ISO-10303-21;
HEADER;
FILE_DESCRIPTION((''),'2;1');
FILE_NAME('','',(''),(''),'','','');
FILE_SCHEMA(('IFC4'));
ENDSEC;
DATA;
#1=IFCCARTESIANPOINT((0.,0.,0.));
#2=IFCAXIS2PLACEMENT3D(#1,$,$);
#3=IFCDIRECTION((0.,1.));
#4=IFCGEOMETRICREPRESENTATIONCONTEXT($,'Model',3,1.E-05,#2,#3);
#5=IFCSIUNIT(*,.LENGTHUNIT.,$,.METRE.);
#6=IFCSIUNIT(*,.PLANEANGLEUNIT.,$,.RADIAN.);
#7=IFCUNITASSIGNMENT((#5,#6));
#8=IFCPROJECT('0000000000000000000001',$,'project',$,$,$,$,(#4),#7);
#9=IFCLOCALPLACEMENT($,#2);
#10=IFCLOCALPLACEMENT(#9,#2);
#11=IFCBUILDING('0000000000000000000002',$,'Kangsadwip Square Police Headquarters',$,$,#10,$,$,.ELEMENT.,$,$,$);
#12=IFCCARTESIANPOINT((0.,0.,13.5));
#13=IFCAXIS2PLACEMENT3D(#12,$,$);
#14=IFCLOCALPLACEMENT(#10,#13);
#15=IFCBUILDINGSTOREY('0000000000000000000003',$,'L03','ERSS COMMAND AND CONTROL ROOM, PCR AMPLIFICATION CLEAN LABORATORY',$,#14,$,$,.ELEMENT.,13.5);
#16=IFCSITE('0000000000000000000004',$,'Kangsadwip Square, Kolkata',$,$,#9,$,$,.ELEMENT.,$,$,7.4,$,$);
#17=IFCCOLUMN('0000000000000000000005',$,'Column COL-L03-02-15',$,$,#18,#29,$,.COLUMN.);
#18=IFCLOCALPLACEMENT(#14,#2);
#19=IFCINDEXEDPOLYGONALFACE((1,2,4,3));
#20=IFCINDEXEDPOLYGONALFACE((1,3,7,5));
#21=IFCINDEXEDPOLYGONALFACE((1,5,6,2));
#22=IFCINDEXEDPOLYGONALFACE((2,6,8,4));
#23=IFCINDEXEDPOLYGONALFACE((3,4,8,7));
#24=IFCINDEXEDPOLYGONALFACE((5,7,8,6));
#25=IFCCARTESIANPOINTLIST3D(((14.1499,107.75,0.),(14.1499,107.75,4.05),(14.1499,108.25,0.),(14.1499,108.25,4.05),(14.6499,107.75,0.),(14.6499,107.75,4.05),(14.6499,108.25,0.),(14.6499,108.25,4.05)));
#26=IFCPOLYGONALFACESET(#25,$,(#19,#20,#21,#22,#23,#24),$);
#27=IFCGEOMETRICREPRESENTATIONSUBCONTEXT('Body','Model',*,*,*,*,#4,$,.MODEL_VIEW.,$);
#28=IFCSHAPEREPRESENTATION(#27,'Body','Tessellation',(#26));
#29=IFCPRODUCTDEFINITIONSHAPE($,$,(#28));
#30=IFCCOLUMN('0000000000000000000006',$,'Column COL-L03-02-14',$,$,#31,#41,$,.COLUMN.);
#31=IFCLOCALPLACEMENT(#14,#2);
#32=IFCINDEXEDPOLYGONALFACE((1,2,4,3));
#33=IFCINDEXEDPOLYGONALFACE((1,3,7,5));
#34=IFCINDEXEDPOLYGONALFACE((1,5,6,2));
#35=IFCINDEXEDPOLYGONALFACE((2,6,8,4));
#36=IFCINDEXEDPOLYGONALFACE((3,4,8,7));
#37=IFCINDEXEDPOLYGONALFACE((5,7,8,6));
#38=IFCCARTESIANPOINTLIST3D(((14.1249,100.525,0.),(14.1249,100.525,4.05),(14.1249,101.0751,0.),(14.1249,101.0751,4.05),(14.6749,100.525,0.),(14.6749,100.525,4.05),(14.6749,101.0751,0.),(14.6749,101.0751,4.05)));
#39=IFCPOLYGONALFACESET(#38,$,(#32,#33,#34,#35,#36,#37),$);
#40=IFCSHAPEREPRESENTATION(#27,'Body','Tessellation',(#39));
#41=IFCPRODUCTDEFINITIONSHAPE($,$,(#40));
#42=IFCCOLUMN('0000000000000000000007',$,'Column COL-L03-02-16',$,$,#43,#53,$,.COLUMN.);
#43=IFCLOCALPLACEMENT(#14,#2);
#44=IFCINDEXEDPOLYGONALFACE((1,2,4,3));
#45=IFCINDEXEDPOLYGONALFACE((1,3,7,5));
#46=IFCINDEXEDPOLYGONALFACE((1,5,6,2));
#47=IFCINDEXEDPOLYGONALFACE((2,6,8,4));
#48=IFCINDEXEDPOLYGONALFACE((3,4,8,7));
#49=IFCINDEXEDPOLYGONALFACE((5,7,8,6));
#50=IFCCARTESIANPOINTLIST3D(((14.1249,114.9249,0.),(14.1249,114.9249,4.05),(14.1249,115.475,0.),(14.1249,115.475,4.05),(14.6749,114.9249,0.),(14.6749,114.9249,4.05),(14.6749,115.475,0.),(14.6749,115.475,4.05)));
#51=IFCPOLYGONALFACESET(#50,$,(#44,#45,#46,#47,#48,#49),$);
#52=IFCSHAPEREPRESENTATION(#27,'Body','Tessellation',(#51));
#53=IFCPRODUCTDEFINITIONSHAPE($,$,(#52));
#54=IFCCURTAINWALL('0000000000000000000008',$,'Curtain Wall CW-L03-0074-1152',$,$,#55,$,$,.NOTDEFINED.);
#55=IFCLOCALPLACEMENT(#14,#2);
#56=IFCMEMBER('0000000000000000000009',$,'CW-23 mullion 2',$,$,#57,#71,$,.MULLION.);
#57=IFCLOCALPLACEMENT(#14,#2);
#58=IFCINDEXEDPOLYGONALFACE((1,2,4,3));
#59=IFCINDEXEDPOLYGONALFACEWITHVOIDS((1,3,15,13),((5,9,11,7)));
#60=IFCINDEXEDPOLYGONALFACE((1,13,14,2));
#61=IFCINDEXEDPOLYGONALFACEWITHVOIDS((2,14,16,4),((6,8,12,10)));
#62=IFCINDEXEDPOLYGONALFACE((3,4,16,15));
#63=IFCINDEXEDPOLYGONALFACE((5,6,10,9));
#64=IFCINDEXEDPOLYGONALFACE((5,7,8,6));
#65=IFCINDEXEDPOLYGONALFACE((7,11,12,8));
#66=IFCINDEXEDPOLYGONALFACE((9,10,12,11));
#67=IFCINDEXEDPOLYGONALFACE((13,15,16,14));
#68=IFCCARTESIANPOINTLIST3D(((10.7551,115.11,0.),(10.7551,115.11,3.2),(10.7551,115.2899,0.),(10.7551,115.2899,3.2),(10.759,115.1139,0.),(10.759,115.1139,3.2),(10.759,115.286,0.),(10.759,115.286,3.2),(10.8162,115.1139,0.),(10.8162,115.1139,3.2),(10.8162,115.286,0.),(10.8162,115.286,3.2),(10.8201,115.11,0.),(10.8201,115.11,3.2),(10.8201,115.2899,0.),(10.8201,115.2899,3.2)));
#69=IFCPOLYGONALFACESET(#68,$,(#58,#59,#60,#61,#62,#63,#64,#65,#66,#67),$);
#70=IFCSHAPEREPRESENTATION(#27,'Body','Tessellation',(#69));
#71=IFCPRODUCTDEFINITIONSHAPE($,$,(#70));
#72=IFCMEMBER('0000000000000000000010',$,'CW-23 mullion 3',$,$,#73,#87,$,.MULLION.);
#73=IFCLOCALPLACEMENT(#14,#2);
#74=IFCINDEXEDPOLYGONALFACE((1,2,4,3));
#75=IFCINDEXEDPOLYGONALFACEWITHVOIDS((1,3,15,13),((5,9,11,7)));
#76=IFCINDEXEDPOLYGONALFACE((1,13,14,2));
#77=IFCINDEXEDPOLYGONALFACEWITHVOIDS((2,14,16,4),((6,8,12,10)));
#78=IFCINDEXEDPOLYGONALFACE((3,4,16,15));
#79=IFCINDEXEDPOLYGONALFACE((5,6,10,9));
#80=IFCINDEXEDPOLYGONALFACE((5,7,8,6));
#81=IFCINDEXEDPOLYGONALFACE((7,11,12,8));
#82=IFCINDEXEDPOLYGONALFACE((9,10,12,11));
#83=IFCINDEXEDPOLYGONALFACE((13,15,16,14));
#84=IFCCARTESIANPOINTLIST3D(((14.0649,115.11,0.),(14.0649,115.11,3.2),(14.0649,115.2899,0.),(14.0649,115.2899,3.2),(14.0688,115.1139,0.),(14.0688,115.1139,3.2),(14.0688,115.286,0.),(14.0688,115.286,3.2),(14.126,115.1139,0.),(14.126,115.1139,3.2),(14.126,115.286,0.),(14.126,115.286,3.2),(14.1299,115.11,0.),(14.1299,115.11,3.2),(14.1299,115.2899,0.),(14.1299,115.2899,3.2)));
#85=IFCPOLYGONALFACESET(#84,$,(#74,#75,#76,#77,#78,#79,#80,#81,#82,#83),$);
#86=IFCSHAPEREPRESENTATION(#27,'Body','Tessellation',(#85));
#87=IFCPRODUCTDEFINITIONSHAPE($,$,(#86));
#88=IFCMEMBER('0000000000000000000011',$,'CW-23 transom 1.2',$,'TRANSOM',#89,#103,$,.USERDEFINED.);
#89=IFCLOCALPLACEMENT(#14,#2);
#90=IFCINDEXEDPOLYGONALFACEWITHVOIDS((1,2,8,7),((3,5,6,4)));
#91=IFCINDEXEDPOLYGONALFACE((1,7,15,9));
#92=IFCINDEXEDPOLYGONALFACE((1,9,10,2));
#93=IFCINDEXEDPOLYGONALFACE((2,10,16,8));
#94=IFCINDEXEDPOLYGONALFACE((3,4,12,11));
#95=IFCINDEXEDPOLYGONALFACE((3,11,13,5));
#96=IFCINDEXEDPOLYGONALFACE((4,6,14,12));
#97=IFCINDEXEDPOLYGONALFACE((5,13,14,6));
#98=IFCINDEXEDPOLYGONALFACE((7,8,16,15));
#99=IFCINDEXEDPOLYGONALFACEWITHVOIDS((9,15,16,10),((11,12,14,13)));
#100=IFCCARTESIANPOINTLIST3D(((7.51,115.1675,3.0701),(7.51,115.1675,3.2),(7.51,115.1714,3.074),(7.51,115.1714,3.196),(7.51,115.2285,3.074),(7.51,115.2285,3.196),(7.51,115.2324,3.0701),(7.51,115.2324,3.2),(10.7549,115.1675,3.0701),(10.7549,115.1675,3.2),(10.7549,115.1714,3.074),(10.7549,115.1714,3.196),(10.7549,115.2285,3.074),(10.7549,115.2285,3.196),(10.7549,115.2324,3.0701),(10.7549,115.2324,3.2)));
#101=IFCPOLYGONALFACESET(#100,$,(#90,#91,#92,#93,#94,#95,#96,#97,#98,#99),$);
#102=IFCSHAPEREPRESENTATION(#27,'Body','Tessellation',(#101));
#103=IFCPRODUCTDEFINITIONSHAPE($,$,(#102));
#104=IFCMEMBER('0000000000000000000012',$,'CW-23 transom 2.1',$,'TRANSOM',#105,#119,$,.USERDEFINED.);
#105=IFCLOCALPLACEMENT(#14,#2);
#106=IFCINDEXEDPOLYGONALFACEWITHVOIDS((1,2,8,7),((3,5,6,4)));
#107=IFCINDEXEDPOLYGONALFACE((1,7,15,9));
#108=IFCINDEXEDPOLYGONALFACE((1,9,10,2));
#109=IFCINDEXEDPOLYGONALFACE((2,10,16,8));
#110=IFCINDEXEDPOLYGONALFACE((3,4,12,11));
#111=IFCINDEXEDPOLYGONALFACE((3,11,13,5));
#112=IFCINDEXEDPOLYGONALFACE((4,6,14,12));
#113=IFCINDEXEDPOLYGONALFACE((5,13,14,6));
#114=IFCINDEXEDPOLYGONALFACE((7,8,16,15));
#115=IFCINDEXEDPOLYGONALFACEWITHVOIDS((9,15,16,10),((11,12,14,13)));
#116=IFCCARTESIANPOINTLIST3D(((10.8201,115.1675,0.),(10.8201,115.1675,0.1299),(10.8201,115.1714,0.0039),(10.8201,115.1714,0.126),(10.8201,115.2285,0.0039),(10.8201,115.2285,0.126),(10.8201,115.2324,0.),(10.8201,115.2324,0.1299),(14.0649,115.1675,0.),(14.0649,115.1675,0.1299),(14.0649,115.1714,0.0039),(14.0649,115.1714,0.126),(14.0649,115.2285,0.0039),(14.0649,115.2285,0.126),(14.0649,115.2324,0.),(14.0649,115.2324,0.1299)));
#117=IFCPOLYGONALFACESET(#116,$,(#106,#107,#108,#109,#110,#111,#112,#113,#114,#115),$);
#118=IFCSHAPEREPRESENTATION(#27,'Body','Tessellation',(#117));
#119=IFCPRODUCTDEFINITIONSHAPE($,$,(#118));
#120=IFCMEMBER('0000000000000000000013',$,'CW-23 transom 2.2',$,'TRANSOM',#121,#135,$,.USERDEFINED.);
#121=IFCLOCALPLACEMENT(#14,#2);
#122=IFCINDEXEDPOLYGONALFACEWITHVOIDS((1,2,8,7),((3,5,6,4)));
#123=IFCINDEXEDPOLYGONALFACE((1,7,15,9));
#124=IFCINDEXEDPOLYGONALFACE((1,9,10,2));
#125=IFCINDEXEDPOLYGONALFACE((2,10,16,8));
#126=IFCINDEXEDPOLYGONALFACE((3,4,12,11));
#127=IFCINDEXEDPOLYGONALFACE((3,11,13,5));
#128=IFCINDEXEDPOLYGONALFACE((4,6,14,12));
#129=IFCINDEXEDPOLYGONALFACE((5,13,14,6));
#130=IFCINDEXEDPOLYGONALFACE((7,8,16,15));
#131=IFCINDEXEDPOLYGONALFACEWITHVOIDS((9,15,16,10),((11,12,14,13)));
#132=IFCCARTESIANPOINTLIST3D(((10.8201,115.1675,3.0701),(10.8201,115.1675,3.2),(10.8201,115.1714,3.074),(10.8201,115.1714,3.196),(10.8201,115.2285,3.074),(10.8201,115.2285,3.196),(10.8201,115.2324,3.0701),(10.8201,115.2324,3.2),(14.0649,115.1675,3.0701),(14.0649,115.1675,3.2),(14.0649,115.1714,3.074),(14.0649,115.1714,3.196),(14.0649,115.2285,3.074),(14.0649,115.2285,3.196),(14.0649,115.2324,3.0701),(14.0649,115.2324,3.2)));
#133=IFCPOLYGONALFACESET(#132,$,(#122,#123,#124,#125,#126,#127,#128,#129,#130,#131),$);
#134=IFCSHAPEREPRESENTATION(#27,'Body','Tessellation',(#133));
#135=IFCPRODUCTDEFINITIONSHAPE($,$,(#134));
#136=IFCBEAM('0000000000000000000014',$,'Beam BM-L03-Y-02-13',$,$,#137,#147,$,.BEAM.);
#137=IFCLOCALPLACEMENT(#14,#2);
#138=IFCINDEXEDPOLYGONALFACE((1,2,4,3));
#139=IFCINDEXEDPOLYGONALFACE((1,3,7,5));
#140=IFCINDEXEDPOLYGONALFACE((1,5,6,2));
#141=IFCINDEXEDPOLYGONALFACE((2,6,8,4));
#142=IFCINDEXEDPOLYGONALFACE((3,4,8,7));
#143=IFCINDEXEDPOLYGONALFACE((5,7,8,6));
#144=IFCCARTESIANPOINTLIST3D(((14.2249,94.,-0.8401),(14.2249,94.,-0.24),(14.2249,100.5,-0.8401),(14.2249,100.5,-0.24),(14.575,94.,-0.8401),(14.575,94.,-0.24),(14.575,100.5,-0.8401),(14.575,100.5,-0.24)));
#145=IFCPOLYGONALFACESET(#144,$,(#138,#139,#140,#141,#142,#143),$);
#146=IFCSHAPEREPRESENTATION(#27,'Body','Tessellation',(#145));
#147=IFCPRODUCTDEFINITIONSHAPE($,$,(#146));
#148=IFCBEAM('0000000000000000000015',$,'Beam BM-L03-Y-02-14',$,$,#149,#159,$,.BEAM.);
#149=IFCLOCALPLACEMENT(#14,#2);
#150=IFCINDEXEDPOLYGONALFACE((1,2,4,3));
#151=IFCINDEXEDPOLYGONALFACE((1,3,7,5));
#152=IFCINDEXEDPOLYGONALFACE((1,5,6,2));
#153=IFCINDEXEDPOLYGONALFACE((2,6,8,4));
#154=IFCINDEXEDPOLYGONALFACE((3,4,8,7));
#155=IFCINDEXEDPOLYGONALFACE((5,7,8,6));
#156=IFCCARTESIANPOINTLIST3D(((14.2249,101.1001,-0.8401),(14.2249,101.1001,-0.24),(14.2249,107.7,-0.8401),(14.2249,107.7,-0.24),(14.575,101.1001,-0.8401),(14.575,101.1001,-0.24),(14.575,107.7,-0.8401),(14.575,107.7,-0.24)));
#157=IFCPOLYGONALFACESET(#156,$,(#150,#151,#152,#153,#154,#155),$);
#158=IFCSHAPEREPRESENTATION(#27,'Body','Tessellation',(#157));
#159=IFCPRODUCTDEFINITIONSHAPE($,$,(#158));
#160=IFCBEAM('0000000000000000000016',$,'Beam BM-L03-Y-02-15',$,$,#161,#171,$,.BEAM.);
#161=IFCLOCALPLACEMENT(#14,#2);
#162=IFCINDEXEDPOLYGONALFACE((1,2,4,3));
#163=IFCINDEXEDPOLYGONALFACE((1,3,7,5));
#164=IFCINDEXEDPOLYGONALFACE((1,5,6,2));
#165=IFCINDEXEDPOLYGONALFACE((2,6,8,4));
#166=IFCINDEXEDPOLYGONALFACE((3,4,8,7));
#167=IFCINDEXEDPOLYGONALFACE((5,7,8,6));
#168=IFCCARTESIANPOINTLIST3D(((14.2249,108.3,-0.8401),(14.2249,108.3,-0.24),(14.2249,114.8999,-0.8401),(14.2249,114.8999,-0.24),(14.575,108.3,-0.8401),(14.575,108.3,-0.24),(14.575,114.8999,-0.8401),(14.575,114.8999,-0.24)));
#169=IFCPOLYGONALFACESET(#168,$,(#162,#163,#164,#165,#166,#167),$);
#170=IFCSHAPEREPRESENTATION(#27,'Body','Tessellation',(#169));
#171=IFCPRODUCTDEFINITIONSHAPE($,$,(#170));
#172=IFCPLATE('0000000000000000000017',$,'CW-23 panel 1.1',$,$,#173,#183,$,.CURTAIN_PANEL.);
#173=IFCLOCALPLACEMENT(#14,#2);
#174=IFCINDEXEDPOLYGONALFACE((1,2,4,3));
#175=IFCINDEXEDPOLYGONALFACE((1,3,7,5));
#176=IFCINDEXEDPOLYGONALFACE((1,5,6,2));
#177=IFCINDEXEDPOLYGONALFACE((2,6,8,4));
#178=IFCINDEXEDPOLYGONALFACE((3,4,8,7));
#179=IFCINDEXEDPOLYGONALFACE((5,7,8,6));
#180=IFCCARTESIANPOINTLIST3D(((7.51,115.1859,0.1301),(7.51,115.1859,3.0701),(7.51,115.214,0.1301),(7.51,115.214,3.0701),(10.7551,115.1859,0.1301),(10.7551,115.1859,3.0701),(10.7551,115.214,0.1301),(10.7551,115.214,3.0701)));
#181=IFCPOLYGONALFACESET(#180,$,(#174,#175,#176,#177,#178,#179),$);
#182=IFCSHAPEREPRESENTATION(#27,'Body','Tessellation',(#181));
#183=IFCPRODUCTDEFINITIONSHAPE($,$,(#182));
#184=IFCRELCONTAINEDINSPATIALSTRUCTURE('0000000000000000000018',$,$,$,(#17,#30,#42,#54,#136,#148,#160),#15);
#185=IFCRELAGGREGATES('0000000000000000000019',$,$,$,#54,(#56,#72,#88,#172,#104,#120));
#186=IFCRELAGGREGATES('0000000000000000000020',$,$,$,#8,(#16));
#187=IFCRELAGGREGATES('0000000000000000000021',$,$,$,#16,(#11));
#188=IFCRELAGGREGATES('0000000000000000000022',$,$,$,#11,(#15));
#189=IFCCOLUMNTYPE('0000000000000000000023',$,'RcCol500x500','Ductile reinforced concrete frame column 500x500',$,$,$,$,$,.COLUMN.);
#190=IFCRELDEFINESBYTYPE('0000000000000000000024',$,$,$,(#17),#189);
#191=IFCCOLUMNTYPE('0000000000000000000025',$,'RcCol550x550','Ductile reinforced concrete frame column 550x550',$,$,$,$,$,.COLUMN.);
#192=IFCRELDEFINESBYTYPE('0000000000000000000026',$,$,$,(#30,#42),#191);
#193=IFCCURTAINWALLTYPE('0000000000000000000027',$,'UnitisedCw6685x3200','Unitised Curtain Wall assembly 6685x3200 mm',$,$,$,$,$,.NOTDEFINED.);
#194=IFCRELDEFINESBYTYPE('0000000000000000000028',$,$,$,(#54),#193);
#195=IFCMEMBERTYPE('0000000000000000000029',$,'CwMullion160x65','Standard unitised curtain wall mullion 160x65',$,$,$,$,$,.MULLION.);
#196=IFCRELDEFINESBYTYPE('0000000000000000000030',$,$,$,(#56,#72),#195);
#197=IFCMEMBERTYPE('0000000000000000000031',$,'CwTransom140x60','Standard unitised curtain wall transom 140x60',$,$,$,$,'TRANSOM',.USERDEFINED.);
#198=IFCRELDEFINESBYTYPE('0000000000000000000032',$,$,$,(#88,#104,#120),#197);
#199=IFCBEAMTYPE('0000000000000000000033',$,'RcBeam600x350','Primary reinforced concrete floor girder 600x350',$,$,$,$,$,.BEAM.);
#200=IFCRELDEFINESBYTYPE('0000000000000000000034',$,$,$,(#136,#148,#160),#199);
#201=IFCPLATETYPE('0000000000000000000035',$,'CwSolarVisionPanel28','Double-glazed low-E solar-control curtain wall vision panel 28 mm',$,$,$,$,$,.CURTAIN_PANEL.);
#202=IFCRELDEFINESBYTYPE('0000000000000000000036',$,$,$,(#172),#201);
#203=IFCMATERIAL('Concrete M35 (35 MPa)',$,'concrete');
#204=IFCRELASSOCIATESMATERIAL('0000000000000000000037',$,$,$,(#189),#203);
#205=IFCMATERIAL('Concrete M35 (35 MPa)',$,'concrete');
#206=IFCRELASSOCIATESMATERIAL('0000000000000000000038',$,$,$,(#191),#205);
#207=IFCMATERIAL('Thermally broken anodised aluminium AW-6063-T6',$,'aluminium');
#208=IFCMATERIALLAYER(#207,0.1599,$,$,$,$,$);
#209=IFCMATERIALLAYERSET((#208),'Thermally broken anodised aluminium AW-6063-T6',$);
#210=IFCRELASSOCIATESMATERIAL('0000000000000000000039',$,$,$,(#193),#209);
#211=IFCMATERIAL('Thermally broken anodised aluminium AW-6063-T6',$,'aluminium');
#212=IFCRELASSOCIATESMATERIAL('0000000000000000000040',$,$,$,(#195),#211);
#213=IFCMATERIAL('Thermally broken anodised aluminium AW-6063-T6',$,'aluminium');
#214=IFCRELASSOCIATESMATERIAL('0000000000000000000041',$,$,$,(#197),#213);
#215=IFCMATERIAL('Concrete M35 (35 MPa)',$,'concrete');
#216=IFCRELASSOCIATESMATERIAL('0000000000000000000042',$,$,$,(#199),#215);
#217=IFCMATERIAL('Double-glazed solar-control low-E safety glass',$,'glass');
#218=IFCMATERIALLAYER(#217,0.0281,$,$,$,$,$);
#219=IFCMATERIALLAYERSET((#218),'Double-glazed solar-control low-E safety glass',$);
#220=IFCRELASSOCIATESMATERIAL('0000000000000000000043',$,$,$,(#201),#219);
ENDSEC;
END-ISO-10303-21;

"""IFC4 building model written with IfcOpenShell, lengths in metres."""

from ifc_helpers import new_model, si_unit, direction, frame, origin, origin_2d, place, context, subcontext, project, spatial, rectangle, hollow_rectangle, extrude, material, layer, layer_set, material_profile, profile_set, type_object, element, aggregate, save


model = new_model("IFC4")

# Units and contexts
model_context = context("Model", 3, precision=1e-05, world=origin(), true_north=direction((0.0, 1.0)))
body_context = subcontext(model_context, "Body", "Model", "MODEL_VIEW")
ifc_project = project(units=[si_unit("LENGTHUNIT", "METRE"), si_unit("PLANEANGLEUNIT", "RADIAN")], contexts=[model_context])

# Site, building, storey
site_placement = place(None, origin())
site = spatial("IfcSite", under=ifc_project, at=site_placement, Name="Kangsadwip Square, Kolkata", CompositionType="ELEMENT", RefElevation=7.4)
building_placement = place(site_placement, origin())
building = spatial("IfcBuilding", under=site, at=building_placement, Name="Kangsadwip Square Police Headquarters", CompositionType="ELEMENT")
storey_placement = place(building_placement, frame((0.0, 0.0, 13.5)))
storey = spatial("IfcBuildingStorey", under=building, at=storey_placement, Name="L03", Description="ERSS COMMAND AND CONTROL ROOM, PCR AMPLIFICATION CLEAN LABORATORY", CompositionType="ELEMENT", Elevation=13.5)

# Columns
ifc_material_1 = material(Name="Concrete M35 (35 MPa)", Category="concrete")
ifc_material_profile_1 = material_profile(ifc_material_1, rectangle(XDim=0.5, YDim=0.5, at=origin_2d()), Name="RC COL 500X500")
ifc_profile_set_1 = profile_set([ifc_material_profile_1], Name="Concrete M35 (35 MPa)")
column_type_1 = type_object("IfcColumnType", Name="RcCol500x500", Description="Ductile reinforced concrete frame column 500x500", PredefinedType="COLUMN", material=ifc_profile_set_1)
column_placement = place(storey_placement, frame((14.3999, 108.0, 0.0), z_axis=(0.0, 0.0, 1.0), x_axis=(1.0, 0.0, 0.0)))
element("IfcColumn", 1, at=column_placement, inside=storey, type_object=column_type_1, Name="Column COL-L03-02-15", PredefinedType="COLUMN", context=body_context, shape_type="SweptSolid", body=[
    extrude(rectangle(XDim=0.5, YDim=0.5, at=origin_2d()), origin(), (0.0, 0.0, 1.0), 4.05),
])
ifc_material_2 = material(Name="Concrete M35 (35 MPa)", Category="concrete")
ifc_material_profile_2 = material_profile(ifc_material_2, rectangle(XDim=0.55, YDim=0.55, at=origin_2d()), Name="RC COL 550X550")
ifc_profile_set_2 = profile_set([ifc_material_profile_2], Name="Concrete M35 (35 MPa)")
column_type_2 = type_object("IfcColumnType", Name="RcCol550x550", Description="Ductile reinforced concrete frame column 550x550", PredefinedType="COLUMN", material=ifc_profile_set_2)
for number, where, z_axis, x_axis, name in (
    (2, (14.3999, 100.8, 0.0), (0.0, 0.0, 1.0), (1.0, 0.0, 0.0), "Column COL-L03-02-14"),
    (3, (14.3999, 115.2, 0.0), (0.0, 0.0, 1.0), (1.0, 0.0, 0.0), "Column COL-L03-02-16"),
):
    element("IfcColumn", number, at=place(storey_placement, frame(where, z_axis=z_axis, x_axis=x_axis)), inside=storey, type_object=column_type_2, Name=name, PredefinedType="COLUMN", context=body_context, shape_type="SweptSolid", body=[
        extrude(rectangle(XDim=0.55, YDim=0.55, at=origin_2d()), origin(), (0.0, 0.0, 1.0), 4.05),
    ])

# Curtain wall, members
ifc_material_3 = material(Name="Thermally broken anodised aluminium AW-6063-T6", Category="aluminium")
ifc_layer_1 = layer(ifc_material_3, 0.1599)
ifc_layer_set_1 = layer_set([ifc_layer_1], Name="Thermally broken anodised aluminium AW-6063-T6")
curtain_wall_type = type_object("IfcCurtainWallType", Name="UnitisedCw6685x3200", Description="Unitised Curtain Wall assembly 6685x3200 mm", PredefinedType="NOTDEFINED", material=ifc_layer_set_1)
curtain_wall_placement = place(storey_placement, origin())
curtain_wall = element("IfcCurtainWall", 4, at=curtain_wall_placement, inside=storey, type_object=curtain_wall_type, Name="Curtain Wall CW-L03-0074-1152", PredefinedType="NOTDEFINED")
ifc_material_4 = material(Name="Thermally broken anodised aluminium AW-6063-T6", Category="aluminium")
ifc_material_profile_3 = material_profile(ifc_material_4, hollow_rectangle(XDim=0.0649, YDim=0.1799, WallThickness=0.0039, at=origin_2d()), Name="CWM 180X65X4")
ifc_profile_set_3 = profile_set([ifc_material_profile_3], Name="Thermally broken anodised aluminium AW-6063-T6")
member_type_1 = type_object("IfcMemberType", Name="CwMullion160x65", Description="Standard unitised curtain wall mullion 160x65", PredefinedType="MULLION", material=ifc_profile_set_3)
member_1_placement = place(storey_placement, frame((10.7876, 115.2, 0.0), z_axis=(0.0, 0.0, 1.0), x_axis=(1.0, 0.0, 0.0)))
member_1 = element("IfcMember", 5, at=member_1_placement, type_object=member_type_1, Name="CW-23 mullion 2", PredefinedType="MULLION", context=body_context, shape_type="SweptSolid", body=[
    extrude(hollow_rectangle(XDim=0.0649, YDim=0.1799, WallThickness=0.0039, at=origin_2d()), origin(), (0.0, 0.0, 1.0), 3.2),
])
member_2_placement = place(storey_placement, frame((14.0974, 115.2, 0.0), z_axis=(0.0, 0.0, 1.0), x_axis=(1.0, 0.0, 0.0)))
member_2 = element("IfcMember", 6, at=member_2_placement, type_object=member_type_1, Name="CW-23 mullion 3", PredefinedType="MULLION", context=body_context, shape_type="SweptSolid", body=[
    extrude(hollow_rectangle(XDim=0.0649, YDim=0.1799, WallThickness=0.0039, at=origin_2d()), origin(), (0.0, 0.0, 1.0), 3.2),
])
ifc_material_5 = material(Name="Thermally broken anodised aluminium AW-6063-T6", Category="aluminium")
ifc_material_profile_4 = material_profile(ifc_material_5, hollow_rectangle(XDim=0.0649, YDim=0.1299, WallThickness=0.0039, at=origin_2d()), Name="CWT 130X65X4")
ifc_profile_set_4 = profile_set([ifc_material_profile_4], Name="Thermally broken anodised aluminium AW-6063-T6")
member_type_2 = type_object("IfcMemberType", Name="CwTransom140x60", Description="Standard unitised curtain wall transom 140x60", ElementType="TRANSOM", PredefinedType="USERDEFINED", material=ifc_profile_set_4)
member_3_placement = place(storey_placement, frame((7.51, 115.2, 3.135), z_axis=(1.0, 0.0, 0.0), x_axis=(0.0, 1.0, 0.0)))
member_3 = element("IfcMember", 7, at=member_3_placement, type_object=member_type_2, Name="CW-23 transom 1.2", ObjectType="TRANSOM", PredefinedType="USERDEFINED", context=body_context, shape_type="SweptSolid", body=[
    extrude(hollow_rectangle(XDim=0.0649, YDim=0.1299, WallThickness=0.0039, at=origin_2d()), origin(), (0.0, 0.0, 1.0), 3.2449),
])
member_4_placement = place(storey_placement, frame((10.8201, 115.2, 0.0649), z_axis=(1.0, 0.0, 0.0), x_axis=(0.0, 1.0, 0.0)))
member_4 = element("IfcMember", 8, at=member_4_placement, type_object=member_type_2, Name="CW-23 transom 2.1", ObjectType="TRANSOM", PredefinedType="USERDEFINED", context=body_context, shape_type="SweptSolid", body=[
    extrude(hollow_rectangle(XDim=0.0649, YDim=0.1299, WallThickness=0.0039, at=origin_2d()), origin(), (0.0, 0.0, 1.0), 3.2449),
])
member_5_placement = place(storey_placement, frame((10.8201, 115.2, 3.135), z_axis=(1.0, 0.0, 0.0), x_axis=(0.0, 1.0, 0.0)))
member_5 = element("IfcMember", 9, at=member_5_placement, type_object=member_type_2, Name="CW-23 transom 2.2", ObjectType="TRANSOM", PredefinedType="USERDEFINED", context=body_context, shape_type="SweptSolid", body=[
    extrude(hollow_rectangle(XDim=0.0649, YDim=0.1299, WallThickness=0.0039, at=origin_2d()), origin(), (0.0, 0.0, 1.0), 3.2449),
])

# Beams
ifc_material_6 = material(Name="Concrete M35 (35 MPa)", Category="concrete")
ifc_material_profile_5 = material_profile(ifc_material_6, rectangle(XDim=0.3501, YDim=0.6001, at=origin_2d()), Name="RC BM 600X350")
ifc_profile_set_5 = profile_set([ifc_material_profile_5], Name="Concrete M35 (35 MPa)")
beam_type = type_object("IfcBeamType", Name="RcBeam600x350", Description="Primary reinforced concrete floor girder 600x350", PredefinedType="BEAM", material=ifc_profile_set_5)
beam_placement = place(storey_placement, frame((14.3999, 94.0, -0.54), z_axis=(0.0, 1.0, 0.0), x_axis=(-1.0, 0.0, 0.0)))
element("IfcBeam", 10, at=beam_placement, inside=storey, type_object=beam_type, Name="Beam BM-L03-Y-02-13", PredefinedType="BEAM", context=body_context, shape_type="SweptSolid", body=[
    extrude(rectangle(XDim=0.3501, YDim=0.6001, at=origin_2d()), origin(), (0.0, 0.0, 1.0), 6.5),
])
for number, where, z_axis, x_axis, name in (
    (11, (14.3999, 101.1001, -0.54), (0.0, 1.0, 0.0), (-1.0, 0.0, 0.0), "Beam BM-L03-Y-02-14"),
    (12, (14.3999, 108.3, -0.54), (0.0, 1.0, 0.0), (-1.0, 0.0, 0.0), "Beam BM-L03-Y-02-15"),
):
    element("IfcBeam", number, at=place(storey_placement, frame(where, z_axis=z_axis, x_axis=x_axis)), inside=storey, type_object=beam_type, Name=name, PredefinedType="BEAM", context=body_context, shape_type="SweptSolid", body=[
        extrude(rectangle(XDim=0.3501, YDim=0.6001, at=origin_2d()), origin(), (0.0, 0.0, 1.0), 6.5999),
    ])

# Plate
ifc_material_7 = material(Name="Double-glazed solar-control low-E safety glass", Category="glass")
ifc_layer_2 = layer(ifc_material_7, 0.0281)
ifc_layer_set_2 = layer_set([ifc_layer_2], Name="Double-glazed solar-control low-E safety glass")
plate_type = type_object("IfcPlateType", Name="CwSolarVisionPanel28", Description="Double-glazed low-E solar-control curtain wall vision panel 28 mm", PredefinedType="CURTAIN_PANEL", material=ifc_layer_set_2)
plate_1_placement = place(storey_placement, frame((9.1326, 115.2, 0.1301), z_axis=(0.0, 0.0, 1.0), x_axis=(1.0, 0.0, 0.0)))
plate_1 = element("IfcPlate", 13, at=plate_1_placement, type_object=plate_type, Name="CW-23 panel 1.1", PredefinedType="CURTAIN_PANEL", context=body_context, shape_type="SweptSolid", body=[
    extrude(rectangle(XDim=3.2451, YDim=0.0281, at=origin_2d()), origin(), (0.0, 0.0, 1.0), 2.9399),
])
aggregate(curtain_wall, [member_1, member_2, member_3, plate_1, member_4, member_5])

save(model, "model.ifc")
